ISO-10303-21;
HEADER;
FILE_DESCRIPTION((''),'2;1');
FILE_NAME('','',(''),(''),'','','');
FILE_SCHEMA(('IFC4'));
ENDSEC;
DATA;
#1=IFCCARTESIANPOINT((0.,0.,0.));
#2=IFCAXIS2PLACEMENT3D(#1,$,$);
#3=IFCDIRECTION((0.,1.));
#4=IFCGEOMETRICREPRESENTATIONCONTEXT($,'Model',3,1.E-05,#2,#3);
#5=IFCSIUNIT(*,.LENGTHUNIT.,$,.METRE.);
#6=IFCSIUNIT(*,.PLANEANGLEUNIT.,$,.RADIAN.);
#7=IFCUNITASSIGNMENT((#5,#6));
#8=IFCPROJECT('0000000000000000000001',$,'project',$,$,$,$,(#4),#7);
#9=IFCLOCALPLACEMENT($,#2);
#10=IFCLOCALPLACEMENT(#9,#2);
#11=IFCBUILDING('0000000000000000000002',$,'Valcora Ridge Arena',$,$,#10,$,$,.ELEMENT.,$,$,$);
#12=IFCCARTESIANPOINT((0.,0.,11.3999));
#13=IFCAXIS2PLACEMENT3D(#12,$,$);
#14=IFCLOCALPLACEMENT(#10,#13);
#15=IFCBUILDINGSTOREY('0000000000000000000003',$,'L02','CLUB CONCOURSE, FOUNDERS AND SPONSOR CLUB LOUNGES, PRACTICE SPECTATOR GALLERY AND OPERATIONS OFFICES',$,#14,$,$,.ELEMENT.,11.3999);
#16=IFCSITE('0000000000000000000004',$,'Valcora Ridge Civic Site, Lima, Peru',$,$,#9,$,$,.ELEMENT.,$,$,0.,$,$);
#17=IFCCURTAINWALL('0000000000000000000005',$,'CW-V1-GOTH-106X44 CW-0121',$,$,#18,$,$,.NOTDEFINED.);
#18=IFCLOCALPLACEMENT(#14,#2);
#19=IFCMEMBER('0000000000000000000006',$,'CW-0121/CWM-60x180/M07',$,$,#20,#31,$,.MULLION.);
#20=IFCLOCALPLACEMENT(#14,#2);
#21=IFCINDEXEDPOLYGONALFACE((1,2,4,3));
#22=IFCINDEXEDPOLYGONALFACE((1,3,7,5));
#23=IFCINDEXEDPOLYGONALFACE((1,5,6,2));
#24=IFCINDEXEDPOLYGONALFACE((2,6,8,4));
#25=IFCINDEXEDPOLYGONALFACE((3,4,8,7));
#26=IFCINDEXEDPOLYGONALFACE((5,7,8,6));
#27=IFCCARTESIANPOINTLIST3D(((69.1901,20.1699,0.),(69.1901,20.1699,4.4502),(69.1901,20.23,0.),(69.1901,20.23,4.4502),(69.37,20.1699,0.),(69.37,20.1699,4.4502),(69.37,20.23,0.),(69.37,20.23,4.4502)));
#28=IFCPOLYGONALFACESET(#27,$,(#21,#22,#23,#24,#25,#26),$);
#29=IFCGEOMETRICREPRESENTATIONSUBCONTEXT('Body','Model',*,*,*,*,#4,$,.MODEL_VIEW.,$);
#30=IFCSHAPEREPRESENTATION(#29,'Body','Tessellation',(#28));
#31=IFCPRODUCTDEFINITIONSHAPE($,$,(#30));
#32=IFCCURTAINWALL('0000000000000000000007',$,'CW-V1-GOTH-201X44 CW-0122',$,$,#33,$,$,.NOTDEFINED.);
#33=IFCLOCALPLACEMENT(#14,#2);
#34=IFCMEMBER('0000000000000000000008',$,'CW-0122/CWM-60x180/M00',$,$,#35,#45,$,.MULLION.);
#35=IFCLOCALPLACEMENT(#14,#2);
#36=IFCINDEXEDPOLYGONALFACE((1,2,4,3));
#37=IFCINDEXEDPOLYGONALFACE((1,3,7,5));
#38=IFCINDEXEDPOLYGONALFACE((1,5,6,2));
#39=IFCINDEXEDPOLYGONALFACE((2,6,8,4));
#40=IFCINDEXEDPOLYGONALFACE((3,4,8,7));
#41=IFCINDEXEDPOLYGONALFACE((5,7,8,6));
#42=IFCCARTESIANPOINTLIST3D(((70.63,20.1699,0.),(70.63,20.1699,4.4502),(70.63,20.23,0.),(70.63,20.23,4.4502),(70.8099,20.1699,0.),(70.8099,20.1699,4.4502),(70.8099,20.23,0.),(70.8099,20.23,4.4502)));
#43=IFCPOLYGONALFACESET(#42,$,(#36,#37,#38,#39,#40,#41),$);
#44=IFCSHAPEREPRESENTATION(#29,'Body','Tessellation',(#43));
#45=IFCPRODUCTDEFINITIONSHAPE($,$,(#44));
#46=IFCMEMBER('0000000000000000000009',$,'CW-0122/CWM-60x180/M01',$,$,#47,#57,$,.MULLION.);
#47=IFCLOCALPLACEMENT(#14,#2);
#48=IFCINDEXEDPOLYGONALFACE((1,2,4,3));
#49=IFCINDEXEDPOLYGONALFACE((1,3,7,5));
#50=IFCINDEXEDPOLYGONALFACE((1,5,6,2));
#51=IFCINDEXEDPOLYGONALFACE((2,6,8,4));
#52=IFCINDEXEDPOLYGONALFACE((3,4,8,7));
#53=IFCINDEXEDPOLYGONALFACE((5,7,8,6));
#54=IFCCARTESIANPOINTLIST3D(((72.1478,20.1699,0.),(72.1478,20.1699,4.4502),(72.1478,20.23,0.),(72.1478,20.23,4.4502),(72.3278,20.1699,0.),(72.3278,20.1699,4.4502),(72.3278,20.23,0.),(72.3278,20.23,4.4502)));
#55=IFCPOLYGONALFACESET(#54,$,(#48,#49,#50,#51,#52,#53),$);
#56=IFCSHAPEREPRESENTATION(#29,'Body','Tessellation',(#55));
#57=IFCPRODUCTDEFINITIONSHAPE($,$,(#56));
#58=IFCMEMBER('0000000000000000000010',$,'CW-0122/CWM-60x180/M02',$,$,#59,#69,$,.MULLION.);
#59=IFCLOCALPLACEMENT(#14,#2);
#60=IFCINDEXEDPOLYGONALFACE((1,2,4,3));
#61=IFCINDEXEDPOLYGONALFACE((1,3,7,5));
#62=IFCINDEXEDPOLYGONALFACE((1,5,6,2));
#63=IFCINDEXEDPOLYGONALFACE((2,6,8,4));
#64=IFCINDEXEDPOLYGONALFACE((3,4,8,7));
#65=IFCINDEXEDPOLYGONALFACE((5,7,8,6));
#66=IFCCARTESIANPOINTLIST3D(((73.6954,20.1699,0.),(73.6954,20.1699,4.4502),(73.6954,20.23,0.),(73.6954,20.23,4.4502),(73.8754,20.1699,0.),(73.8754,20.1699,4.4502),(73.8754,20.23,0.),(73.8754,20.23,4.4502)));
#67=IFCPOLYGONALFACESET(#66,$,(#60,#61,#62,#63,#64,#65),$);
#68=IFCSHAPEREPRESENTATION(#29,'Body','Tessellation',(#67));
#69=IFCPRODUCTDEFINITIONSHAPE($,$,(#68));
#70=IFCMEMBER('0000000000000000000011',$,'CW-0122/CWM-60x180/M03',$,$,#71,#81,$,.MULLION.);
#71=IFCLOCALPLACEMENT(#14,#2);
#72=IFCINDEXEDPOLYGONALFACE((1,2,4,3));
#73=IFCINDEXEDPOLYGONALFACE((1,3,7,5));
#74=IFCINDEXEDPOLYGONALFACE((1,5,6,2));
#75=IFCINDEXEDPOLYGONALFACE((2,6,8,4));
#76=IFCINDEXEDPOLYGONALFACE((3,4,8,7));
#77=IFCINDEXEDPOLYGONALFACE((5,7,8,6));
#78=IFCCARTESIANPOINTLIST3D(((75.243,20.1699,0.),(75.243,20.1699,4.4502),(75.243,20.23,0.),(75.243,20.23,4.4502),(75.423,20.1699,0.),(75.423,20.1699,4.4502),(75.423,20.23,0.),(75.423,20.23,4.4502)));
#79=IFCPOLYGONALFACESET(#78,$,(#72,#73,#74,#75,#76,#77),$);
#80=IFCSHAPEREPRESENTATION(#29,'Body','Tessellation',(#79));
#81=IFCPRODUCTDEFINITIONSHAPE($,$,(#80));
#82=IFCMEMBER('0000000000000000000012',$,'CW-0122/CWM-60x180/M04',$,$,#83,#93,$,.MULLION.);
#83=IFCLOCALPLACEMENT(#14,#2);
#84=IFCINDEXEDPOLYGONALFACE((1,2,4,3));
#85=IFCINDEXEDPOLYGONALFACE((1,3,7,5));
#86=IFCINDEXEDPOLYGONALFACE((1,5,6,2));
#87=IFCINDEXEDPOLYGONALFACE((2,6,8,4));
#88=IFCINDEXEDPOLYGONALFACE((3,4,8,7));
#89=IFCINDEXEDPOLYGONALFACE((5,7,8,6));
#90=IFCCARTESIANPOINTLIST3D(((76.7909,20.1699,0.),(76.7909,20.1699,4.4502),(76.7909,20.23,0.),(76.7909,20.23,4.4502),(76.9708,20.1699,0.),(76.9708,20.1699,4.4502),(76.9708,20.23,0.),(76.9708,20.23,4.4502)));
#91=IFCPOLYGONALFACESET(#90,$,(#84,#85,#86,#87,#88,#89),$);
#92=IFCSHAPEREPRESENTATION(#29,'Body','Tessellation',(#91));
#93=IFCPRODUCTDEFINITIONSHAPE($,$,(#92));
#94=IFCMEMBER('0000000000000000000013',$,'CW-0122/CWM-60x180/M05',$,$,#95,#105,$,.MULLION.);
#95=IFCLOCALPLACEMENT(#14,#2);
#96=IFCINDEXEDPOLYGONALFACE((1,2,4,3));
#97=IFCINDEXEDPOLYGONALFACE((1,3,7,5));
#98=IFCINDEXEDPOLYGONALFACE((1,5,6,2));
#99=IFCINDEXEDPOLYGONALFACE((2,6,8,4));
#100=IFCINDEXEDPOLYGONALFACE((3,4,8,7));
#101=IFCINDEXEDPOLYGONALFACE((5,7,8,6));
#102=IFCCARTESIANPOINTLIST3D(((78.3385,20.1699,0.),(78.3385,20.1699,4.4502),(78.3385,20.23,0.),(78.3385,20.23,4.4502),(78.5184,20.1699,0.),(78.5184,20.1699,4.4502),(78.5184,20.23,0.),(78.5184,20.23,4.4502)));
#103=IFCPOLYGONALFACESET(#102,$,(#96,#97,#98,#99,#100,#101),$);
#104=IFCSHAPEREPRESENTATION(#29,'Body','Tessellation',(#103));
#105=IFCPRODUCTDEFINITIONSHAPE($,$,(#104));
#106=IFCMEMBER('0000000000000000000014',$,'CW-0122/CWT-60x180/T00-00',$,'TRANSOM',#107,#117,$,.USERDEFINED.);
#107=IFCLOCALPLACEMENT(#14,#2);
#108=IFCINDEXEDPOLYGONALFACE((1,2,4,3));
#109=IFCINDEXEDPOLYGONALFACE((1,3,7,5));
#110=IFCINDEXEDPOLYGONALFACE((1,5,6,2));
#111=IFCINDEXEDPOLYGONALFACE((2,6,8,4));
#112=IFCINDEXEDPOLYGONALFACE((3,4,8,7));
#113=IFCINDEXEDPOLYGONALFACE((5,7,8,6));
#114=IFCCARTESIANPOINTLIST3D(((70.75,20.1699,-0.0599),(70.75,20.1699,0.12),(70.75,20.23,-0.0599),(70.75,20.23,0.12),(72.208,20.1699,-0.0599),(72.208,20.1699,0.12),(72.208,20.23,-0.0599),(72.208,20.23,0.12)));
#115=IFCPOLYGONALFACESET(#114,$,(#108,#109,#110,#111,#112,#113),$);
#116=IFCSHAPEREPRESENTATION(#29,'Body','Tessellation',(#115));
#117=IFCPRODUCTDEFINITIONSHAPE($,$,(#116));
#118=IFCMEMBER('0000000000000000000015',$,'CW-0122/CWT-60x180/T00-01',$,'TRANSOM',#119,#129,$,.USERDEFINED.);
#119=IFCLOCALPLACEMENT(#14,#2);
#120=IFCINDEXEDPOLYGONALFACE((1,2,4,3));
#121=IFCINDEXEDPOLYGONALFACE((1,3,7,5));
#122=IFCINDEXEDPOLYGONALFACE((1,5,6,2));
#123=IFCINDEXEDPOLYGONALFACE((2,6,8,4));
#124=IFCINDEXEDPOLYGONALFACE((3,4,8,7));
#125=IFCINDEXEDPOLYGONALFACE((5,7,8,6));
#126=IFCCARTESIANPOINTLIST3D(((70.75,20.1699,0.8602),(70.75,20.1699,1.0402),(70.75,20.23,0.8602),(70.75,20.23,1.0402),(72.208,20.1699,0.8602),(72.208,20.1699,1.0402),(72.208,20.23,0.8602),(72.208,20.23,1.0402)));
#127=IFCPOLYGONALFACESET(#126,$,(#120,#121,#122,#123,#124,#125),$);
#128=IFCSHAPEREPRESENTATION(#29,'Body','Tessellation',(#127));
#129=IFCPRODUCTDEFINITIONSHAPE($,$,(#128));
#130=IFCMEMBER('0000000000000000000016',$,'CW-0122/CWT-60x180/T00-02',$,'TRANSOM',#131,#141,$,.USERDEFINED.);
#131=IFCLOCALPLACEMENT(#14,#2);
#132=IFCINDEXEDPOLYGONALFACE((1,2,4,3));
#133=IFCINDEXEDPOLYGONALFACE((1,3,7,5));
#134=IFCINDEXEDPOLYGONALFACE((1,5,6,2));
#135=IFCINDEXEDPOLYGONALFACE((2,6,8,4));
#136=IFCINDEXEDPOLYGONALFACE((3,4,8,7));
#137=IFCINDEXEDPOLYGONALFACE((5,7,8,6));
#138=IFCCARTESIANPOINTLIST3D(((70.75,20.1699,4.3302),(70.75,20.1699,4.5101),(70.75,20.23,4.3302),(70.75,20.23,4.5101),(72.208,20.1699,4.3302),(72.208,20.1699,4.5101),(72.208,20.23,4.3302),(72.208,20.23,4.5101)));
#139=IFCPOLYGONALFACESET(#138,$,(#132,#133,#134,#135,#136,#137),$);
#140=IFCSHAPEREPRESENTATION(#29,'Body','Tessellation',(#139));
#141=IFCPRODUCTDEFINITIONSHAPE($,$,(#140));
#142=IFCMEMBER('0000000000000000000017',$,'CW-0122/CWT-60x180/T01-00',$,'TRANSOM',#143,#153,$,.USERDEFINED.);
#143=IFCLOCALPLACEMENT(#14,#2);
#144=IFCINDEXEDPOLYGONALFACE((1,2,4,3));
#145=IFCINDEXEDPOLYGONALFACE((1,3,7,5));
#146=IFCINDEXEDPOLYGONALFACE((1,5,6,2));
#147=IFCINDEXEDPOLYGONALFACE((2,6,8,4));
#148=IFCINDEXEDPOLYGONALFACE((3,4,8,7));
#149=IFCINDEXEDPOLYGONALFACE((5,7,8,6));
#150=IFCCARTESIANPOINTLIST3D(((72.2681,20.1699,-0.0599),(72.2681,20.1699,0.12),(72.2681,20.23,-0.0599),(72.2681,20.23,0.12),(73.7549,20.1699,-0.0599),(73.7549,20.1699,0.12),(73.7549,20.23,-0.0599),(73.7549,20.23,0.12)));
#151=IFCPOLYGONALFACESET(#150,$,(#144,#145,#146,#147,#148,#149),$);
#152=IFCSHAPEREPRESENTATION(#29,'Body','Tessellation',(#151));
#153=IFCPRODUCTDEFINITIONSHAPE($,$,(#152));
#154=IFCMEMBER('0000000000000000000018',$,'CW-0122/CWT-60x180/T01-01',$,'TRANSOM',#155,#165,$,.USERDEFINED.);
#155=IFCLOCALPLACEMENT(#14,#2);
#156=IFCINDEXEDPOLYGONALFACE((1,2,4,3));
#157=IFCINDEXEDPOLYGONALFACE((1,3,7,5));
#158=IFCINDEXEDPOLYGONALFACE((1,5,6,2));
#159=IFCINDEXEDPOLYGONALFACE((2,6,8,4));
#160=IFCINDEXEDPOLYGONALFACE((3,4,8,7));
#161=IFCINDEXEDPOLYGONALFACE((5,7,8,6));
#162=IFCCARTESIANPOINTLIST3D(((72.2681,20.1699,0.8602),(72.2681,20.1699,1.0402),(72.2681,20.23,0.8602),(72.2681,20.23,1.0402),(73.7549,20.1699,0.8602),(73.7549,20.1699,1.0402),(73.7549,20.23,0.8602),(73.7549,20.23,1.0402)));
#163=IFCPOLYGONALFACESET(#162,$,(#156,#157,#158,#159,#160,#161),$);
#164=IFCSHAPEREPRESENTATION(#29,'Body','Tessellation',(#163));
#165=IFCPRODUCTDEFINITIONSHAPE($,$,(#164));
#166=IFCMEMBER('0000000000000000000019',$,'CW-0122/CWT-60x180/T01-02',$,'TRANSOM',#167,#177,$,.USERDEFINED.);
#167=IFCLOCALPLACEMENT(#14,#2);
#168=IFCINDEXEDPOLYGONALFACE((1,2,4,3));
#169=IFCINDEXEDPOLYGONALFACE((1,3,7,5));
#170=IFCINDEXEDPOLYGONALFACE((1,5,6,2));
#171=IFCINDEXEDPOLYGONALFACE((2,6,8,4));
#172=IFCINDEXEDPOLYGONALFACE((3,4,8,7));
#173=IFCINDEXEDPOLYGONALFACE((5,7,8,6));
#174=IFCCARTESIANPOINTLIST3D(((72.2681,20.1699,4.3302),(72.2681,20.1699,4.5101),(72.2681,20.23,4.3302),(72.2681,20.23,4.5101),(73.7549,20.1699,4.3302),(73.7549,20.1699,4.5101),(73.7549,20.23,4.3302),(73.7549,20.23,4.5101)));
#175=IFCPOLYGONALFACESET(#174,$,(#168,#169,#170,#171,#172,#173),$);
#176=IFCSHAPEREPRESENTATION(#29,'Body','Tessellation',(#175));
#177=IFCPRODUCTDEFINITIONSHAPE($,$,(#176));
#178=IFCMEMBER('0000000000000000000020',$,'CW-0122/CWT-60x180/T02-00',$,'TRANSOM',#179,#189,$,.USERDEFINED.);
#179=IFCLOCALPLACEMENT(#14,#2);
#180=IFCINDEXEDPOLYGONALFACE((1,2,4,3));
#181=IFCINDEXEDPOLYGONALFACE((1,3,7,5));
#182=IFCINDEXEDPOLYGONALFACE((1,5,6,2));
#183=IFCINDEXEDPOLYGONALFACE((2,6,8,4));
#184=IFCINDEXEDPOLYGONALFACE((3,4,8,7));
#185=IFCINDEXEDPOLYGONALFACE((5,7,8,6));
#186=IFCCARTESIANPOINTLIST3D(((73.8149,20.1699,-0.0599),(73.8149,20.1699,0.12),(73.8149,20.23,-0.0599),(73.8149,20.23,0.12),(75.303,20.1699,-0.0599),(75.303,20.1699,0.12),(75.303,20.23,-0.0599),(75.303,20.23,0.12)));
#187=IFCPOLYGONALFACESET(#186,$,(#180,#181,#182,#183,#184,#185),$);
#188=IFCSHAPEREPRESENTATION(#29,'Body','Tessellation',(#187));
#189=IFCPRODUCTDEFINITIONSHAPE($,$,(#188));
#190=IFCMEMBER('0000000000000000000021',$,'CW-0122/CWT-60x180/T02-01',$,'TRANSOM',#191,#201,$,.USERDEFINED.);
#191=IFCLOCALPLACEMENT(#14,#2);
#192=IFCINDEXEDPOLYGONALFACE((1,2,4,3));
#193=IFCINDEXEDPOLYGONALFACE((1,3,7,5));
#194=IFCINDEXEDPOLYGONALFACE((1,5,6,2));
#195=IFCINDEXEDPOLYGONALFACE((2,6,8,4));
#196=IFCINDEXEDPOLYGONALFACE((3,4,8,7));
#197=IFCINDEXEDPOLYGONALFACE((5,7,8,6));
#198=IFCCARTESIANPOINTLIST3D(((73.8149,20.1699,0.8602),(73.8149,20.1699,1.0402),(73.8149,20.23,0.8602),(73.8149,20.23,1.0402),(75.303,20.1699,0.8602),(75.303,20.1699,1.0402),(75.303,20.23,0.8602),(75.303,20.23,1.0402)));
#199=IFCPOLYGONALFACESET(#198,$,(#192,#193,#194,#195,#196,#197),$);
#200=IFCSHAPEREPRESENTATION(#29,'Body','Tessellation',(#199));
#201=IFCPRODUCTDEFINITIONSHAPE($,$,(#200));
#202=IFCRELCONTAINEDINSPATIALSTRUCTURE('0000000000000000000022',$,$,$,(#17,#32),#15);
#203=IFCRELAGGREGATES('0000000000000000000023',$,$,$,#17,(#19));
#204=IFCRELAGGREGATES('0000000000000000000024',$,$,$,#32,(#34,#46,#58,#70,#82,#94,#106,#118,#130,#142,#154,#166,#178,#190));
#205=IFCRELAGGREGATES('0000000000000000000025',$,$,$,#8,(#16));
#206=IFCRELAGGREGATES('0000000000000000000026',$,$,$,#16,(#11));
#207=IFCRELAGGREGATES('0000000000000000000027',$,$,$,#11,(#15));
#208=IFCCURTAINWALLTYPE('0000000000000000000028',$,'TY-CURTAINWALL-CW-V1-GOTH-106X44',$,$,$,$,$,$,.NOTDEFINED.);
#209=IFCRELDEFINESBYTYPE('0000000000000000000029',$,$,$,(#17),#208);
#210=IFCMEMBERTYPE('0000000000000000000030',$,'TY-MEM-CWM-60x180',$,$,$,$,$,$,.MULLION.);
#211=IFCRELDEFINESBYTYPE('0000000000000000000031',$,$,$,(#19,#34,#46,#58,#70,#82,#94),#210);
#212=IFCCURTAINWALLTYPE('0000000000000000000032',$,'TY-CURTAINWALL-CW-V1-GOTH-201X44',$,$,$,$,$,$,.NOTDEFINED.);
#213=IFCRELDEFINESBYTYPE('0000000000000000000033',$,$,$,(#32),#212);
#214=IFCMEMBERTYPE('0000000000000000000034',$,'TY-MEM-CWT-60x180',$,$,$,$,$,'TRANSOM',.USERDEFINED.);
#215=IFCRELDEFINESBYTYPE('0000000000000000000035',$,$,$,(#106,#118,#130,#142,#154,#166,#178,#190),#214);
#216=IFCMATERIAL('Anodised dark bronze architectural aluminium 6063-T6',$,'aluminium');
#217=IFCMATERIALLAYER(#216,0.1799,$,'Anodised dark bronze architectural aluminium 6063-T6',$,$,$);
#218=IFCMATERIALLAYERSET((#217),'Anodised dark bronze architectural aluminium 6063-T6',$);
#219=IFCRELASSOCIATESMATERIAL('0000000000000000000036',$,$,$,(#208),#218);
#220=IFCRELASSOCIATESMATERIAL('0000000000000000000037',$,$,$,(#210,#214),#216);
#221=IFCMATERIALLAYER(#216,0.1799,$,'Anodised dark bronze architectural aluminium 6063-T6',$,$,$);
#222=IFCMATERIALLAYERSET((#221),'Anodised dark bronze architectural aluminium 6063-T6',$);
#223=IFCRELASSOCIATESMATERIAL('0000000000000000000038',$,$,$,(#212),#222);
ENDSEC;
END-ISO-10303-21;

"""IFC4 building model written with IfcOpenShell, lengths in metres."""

from ifc_helpers import new_model, si_unit, direction, frame, origin, origin_2d, place, context, subcontext, project, spatial, rectangle, extrude, material, layer, layer_set, material_profile, profile_set, type_object, element, aggregate, save


model = new_model("IFC4")

# Units and contexts
model_context = context("Model", 3, precision=1e-05, world=origin(), true_north=direction((0.0, 1.0)))
body_context = subcontext(model_context, "Body", "Model", "MODEL_VIEW")
ifc_project = project(units=[si_unit("LENGTHUNIT", "METRE"), si_unit("PLANEANGLEUNIT", "RADIAN")], contexts=[model_context])

# Site, building, storey
site_placement = place(None, origin())
site = spatial("IfcSite", under=ifc_project, at=site_placement, Name="Valcora Ridge Civic Site, Lima, Peru", CompositionType="ELEMENT", RefElevation=0.0)
building_placement = place(site_placement, origin())
building = spatial("IfcBuilding", under=site, at=building_placement, Name="Valcora Ridge Arena", CompositionType="ELEMENT")
storey_placement = place(building_placement, frame((0.0, 0.0, 11.3999)))
storey = spatial("IfcBuildingStorey", under=building, at=storey_placement, Name="L02", Description="CLUB CONCOURSE, FOUNDERS AND SPONSOR CLUB LOUNGES, PRACTICE SPECTATOR GALLERY AND OPERATIONS OFFICES", CompositionType="ELEMENT", Elevation=11.3999)

# Curtain wall, member
ifc_material_1 = material(Name="Anodised dark bronze architectural aluminium 6063-T6", Category="aluminium")
ifc_layer_1 = layer(ifc_material_1, 0.1799, Name="Anodised dark bronze architectural aluminium 6063-T6")
ifc_layer_set_1 = layer_set([ifc_layer_1], Name="Anodised dark bronze architectural aluminium 6063-T6")
curtain_wall_type_1 = type_object("IfcCurtainWallType", Name="TY-CURTAINWALL-CW-V1-GOTH-106X44", PredefinedType="NOTDEFINED", material=ifc_layer_set_1)
curtain_wall_1_placement = place(storey_placement, origin())
curtain_wall_1 = element("IfcCurtainWall", 1, at=curtain_wall_1_placement, inside=storey, type_object=curtain_wall_type_1, Name="CW-V1-GOTH-106X44 CW-0121", PredefinedType="NOTDEFINED")
ifc_material_profile_1 = material_profile(ifc_material_1, rectangle(XDim=0.0601, YDim=0.1799, at=origin_2d()), Name="ALU MULLION 60x180")
ifc_profile_set_1 = profile_set([ifc_material_profile_1], Name="Anodised dark bronze architectural aluminium 6063-T6")
member_type_1 = type_object("IfcMemberType", Name="TY-MEM-CWM-60x180", PredefinedType="MULLION", material=ifc_profile_set_1)
member_1_placement = place(storey_placement, frame((69.28, 20.2, 0.0), z_axis=(0.0, 0.0, 1.0), x_axis=(0.0, 1.0, 0.0)))
member_1 = element("IfcMember", 2, at=member_1_placement, type_object=member_type_1, Name="CW-0121/CWM-60x180/M07", PredefinedType="MULLION", context=body_context, shape_type="SweptSolid", body=[
    extrude(rectangle(XDim=0.0601, YDim=0.1799, at=origin_2d()), origin(), (0.0, 0.0, 1.0), 4.4502),
])

# Curtain wall, members
ifc_layer_2 = layer(ifc_material_1, 0.1799, Name="Anodised dark bronze architectural aluminium 6063-T6")
ifc_layer_set_2 = layer_set([ifc_layer_2], Name="Anodised dark bronze architectural aluminium 6063-T6")
curtain_wall_type_2 = type_object("IfcCurtainWallType", Name="TY-CURTAINWALL-CW-V1-GOTH-201X44", PredefinedType="NOTDEFINED", material=ifc_layer_set_2)
curtain_wall_2_placement = place(storey_placement, origin())
curtain_wall_2 = element("IfcCurtainWall", 3, at=curtain_wall_2_placement, inside=storey, type_object=curtain_wall_type_2, Name="CW-V1-GOTH-201X44 CW-0122", PredefinedType="NOTDEFINED")
member_2_placement = place(storey_placement, frame((70.72, 20.2, 0.0), z_axis=(0.0, 0.0, 1.0), x_axis=(0.0, 1.0, 0.0)))
member_2 = element("IfcMember", 4, at=member_2_placement, type_object=member_type_1, Name="CW-0122/CWM-60x180/M00", PredefinedType="MULLION", context=body_context, shape_type="SweptSolid", body=[
    extrude(rectangle(XDim=0.0601, YDim=0.1799, at=origin_2d()), origin(), (0.0, 0.0, 1.0), 4.4502),
])
member_3_placement = place(storey_placement, frame((72.2378, 20.2, 0.0), z_axis=(0.0, 0.0, 1.0), x_axis=(0.0, 1.0, 0.0)))
member_3 = element("IfcMember", 5, at=member_3_placement, type_object=member_type_1, Name="CW-0122/CWM-60x180/M01", PredefinedType="MULLION", context=body_context, shape_type="SweptSolid", body=[
    extrude(rectangle(XDim=0.0601, YDim=0.1799, at=origin_2d()), origin(), (0.0, 0.0, 1.0), 4.4502),
])
member_4_placement = place(storey_placement, frame((73.7854, 20.2, 0.0), z_axis=(0.0, 0.0, 1.0), x_axis=(0.0, 1.0, 0.0)))
member_4 = element("IfcMember", 6, at=member_4_placement, type_object=member_type_1, Name="CW-0122/CWM-60x180/M02", PredefinedType="MULLION", context=body_context, shape_type="SweptSolid", body=[
    extrude(rectangle(XDim=0.0601, YDim=0.1799, at=origin_2d()), origin(), (0.0, 0.0, 1.0), 4.4502),
])
member_5_placement = place(storey_placement, frame((75.333, 20.2, 0.0), z_axis=(0.0, 0.0, 1.0), x_axis=(0.0, 1.0, 0.0)))
member_5 = element("IfcMember", 7, at=member_5_placement, type_object=member_type_1, Name="CW-0122/CWM-60x180/M03", PredefinedType="MULLION", context=body_context, shape_type="SweptSolid", body=[
    extrude(rectangle(XDim=0.0601, YDim=0.1799, at=origin_2d()), origin(), (0.0, 0.0, 1.0), 4.4502),
])
member_6_placement = place(storey_placement, frame((76.8809, 20.2, 0.0), z_axis=(0.0, 0.0, 1.0), x_axis=(0.0, 1.0, 0.0)))
member_6 = element("IfcMember", 8, at=member_6_placement, type_object=member_type_1, Name="CW-0122/CWM-60x180/M04", PredefinedType="MULLION", context=body_context, shape_type="SweptSolid", body=[
    extrude(rectangle(XDim=0.0601, YDim=0.1799, at=origin_2d()), origin(), (0.0, 0.0, 1.0), 4.4502),
])
member_7_placement = place(storey_placement, frame((78.4285, 20.2, 0.0), z_axis=(0.0, 0.0, 1.0), x_axis=(0.0, 1.0, 0.0)))
member_7 = element("IfcMember", 9, at=member_7_placement, type_object=member_type_1, Name="CW-0122/CWM-60x180/M05", PredefinedType="MULLION", context=body_context, shape_type="SweptSolid", body=[
    extrude(rectangle(XDim=0.0601, YDim=0.1799, at=origin_2d()), origin(), (0.0, 0.0, 1.0), 4.4502),
])
ifc_material_profile_2 = material_profile(ifc_material_1, rectangle(XDim=0.0601, YDim=0.1799, at=origin_2d()), Name="ALU TRANSOM 60x180")
ifc_profile_set_2 = profile_set([ifc_material_profile_2], Name="Anodised dark bronze architectural aluminium 6063-T6")
member_type_2 = type_object("IfcMemberType", Name="TY-MEM-CWT-60x180", ElementType="TRANSOM", PredefinedType="USERDEFINED", material=ifc_profile_set_2)
member_8_placement = place(storey_placement, frame((70.75, 20.2, 0.03), z_axis=(1.0, 0.0, 0.0), x_axis=(0.0, 1.0, 0.0)))
member_8 = element("IfcMember", 10, at=member_8_placement, type_object=member_type_2, Name="CW-0122/CWT-60x180/T00-00", ObjectType="TRANSOM", PredefinedType="USERDEFINED", context=body_context, shape_type="SweptSolid", body=[
    extrude(rectangle(XDim=0.0601, YDim=0.1799, at=origin_2d()), origin(), (0.0, 0.0, 1.0), 1.458),
])
member_9_placement = place(storey_placement, frame((70.75, 20.2, 0.9502), z_axis=(1.0, 0.0, 0.0), x_axis=(0.0, 1.0, 0.0)))
member_9 = element("IfcMember", 11, at=member_9_placement, type_object=member_type_2, Name="CW-0122/CWT-60x180/T00-01", ObjectType="TRANSOM", PredefinedType="USERDEFINED", context=body_context, shape_type="SweptSolid", body=[
    extrude(rectangle(XDim=0.0601, YDim=0.1799, at=origin_2d()), origin(), (0.0, 0.0, 1.0), 1.458),
])
member_10_placement = place(storey_placement, frame((70.75, 20.2, 4.4202), z_axis=(1.0, 0.0, 0.0), x_axis=(0.0, 1.0, 0.0)))
member_10 = element("IfcMember", 12, at=member_10_placement, type_object=member_type_2, Name="CW-0122/CWT-60x180/T00-02", ObjectType="TRANSOM", PredefinedType="USERDEFINED", context=body_context, shape_type="SweptSolid", body=[
    extrude(rectangle(XDim=0.0601, YDim=0.1799, at=origin_2d()), origin(), (0.0, 0.0, 1.0), 1.458),
])
member_11_placement = place(storey_placement, frame((72.2681, 20.2, 0.03), z_axis=(1.0, 0.0, 0.0), x_axis=(0.0, 1.0, 0.0)))
member_11 = element("IfcMember", 13, at=member_11_placement, type_object=member_type_2, Name="CW-0122/CWT-60x180/T01-00", ObjectType="TRANSOM", PredefinedType="USERDEFINED", context=body_context, shape_type="SweptSolid", body=[
    extrude(rectangle(XDim=0.0601, YDim=0.1799, at=origin_2d()), origin(), (0.0, 0.0, 1.0), 1.4868),
])
member_12_placement = place(storey_placement, frame((72.2681, 20.2, 0.9502), z_axis=(1.0, 0.0, 0.0), x_axis=(0.0, 1.0, 0.0)))
member_12 = element("IfcMember", 14, at=member_12_placement, type_object=member_type_2, Name="CW-0122/CWT-60x180/T01-01", ObjectType="TRANSOM", PredefinedType="USERDEFINED", context=body_context, shape_type="SweptSolid", body=[
    extrude(rectangle(XDim=0.0601, YDim=0.1799, at=origin_2d()), origin(), (0.0, 0.0, 1.0), 1.4868),
])
member_13_placement = place(storey_placement, frame((72.2681, 20.2, 4.4202), z_axis=(1.0, 0.0, 0.0), x_axis=(0.0, 1.0, 0.0)))
member_13 = element("IfcMember", 15, at=member_13_placement, type_object=member_type_2, Name="CW-0122/CWT-60x180/T01-02", ObjectType="TRANSOM", PredefinedType="USERDEFINED", context=body_context, shape_type="SweptSolid", body=[
    extrude(rectangle(XDim=0.0601, YDim=0.1799, at=origin_2d()), origin(), (0.0, 0.0, 1.0), 1.4868),
])
member_14_placement = place(storey_placement, frame((73.8149, 20.2, 0.03), z_axis=(1.0, 0.0, 0.0), x_axis=(0.0, 1.0, 0.0)))
member_14 = element("IfcMember", 16, at=member_14_placement, type_object=member_type_2, Name="CW-0122/CWT-60x180/T02-00", ObjectType="TRANSOM", PredefinedType="USERDEFINED", context=body_context, shape_type="SweptSolid", body=[
    extrude(rectangle(XDim=0.0601, YDim=0.1799, at=origin_2d()), origin(), (0.0, 0.0, 1.0), 1.488),
])
member_15_placement = place(storey_placement, frame((73.8149, 20.2, 0.9502), z_axis=(1.0, 0.0, 0.0), x_axis=(0.0, 1.0, 0.0)))
member_15 = element("IfcMember", 17, at=member_15_placement, type_object=member_type_2, Name="CW-0122/CWT-60x180/T02-01", ObjectType="TRANSOM", PredefinedType="USERDEFINED", context=body_context, shape_type="SweptSolid", body=[
    extrude(rectangle(XDim=0.0601, YDim=0.1799, at=origin_2d()), origin(), (0.0, 0.0, 1.0), 1.488),
])

aggregate(curtain_wall_1, [member_1])
aggregate(curtain_wall_2, [member_2, member_3, member_4, member_5, member_6, member_7, member_8, member_9, member_10, member_11, member_12, member_13, member_14, member_15])

save(model, "model.ifc")
